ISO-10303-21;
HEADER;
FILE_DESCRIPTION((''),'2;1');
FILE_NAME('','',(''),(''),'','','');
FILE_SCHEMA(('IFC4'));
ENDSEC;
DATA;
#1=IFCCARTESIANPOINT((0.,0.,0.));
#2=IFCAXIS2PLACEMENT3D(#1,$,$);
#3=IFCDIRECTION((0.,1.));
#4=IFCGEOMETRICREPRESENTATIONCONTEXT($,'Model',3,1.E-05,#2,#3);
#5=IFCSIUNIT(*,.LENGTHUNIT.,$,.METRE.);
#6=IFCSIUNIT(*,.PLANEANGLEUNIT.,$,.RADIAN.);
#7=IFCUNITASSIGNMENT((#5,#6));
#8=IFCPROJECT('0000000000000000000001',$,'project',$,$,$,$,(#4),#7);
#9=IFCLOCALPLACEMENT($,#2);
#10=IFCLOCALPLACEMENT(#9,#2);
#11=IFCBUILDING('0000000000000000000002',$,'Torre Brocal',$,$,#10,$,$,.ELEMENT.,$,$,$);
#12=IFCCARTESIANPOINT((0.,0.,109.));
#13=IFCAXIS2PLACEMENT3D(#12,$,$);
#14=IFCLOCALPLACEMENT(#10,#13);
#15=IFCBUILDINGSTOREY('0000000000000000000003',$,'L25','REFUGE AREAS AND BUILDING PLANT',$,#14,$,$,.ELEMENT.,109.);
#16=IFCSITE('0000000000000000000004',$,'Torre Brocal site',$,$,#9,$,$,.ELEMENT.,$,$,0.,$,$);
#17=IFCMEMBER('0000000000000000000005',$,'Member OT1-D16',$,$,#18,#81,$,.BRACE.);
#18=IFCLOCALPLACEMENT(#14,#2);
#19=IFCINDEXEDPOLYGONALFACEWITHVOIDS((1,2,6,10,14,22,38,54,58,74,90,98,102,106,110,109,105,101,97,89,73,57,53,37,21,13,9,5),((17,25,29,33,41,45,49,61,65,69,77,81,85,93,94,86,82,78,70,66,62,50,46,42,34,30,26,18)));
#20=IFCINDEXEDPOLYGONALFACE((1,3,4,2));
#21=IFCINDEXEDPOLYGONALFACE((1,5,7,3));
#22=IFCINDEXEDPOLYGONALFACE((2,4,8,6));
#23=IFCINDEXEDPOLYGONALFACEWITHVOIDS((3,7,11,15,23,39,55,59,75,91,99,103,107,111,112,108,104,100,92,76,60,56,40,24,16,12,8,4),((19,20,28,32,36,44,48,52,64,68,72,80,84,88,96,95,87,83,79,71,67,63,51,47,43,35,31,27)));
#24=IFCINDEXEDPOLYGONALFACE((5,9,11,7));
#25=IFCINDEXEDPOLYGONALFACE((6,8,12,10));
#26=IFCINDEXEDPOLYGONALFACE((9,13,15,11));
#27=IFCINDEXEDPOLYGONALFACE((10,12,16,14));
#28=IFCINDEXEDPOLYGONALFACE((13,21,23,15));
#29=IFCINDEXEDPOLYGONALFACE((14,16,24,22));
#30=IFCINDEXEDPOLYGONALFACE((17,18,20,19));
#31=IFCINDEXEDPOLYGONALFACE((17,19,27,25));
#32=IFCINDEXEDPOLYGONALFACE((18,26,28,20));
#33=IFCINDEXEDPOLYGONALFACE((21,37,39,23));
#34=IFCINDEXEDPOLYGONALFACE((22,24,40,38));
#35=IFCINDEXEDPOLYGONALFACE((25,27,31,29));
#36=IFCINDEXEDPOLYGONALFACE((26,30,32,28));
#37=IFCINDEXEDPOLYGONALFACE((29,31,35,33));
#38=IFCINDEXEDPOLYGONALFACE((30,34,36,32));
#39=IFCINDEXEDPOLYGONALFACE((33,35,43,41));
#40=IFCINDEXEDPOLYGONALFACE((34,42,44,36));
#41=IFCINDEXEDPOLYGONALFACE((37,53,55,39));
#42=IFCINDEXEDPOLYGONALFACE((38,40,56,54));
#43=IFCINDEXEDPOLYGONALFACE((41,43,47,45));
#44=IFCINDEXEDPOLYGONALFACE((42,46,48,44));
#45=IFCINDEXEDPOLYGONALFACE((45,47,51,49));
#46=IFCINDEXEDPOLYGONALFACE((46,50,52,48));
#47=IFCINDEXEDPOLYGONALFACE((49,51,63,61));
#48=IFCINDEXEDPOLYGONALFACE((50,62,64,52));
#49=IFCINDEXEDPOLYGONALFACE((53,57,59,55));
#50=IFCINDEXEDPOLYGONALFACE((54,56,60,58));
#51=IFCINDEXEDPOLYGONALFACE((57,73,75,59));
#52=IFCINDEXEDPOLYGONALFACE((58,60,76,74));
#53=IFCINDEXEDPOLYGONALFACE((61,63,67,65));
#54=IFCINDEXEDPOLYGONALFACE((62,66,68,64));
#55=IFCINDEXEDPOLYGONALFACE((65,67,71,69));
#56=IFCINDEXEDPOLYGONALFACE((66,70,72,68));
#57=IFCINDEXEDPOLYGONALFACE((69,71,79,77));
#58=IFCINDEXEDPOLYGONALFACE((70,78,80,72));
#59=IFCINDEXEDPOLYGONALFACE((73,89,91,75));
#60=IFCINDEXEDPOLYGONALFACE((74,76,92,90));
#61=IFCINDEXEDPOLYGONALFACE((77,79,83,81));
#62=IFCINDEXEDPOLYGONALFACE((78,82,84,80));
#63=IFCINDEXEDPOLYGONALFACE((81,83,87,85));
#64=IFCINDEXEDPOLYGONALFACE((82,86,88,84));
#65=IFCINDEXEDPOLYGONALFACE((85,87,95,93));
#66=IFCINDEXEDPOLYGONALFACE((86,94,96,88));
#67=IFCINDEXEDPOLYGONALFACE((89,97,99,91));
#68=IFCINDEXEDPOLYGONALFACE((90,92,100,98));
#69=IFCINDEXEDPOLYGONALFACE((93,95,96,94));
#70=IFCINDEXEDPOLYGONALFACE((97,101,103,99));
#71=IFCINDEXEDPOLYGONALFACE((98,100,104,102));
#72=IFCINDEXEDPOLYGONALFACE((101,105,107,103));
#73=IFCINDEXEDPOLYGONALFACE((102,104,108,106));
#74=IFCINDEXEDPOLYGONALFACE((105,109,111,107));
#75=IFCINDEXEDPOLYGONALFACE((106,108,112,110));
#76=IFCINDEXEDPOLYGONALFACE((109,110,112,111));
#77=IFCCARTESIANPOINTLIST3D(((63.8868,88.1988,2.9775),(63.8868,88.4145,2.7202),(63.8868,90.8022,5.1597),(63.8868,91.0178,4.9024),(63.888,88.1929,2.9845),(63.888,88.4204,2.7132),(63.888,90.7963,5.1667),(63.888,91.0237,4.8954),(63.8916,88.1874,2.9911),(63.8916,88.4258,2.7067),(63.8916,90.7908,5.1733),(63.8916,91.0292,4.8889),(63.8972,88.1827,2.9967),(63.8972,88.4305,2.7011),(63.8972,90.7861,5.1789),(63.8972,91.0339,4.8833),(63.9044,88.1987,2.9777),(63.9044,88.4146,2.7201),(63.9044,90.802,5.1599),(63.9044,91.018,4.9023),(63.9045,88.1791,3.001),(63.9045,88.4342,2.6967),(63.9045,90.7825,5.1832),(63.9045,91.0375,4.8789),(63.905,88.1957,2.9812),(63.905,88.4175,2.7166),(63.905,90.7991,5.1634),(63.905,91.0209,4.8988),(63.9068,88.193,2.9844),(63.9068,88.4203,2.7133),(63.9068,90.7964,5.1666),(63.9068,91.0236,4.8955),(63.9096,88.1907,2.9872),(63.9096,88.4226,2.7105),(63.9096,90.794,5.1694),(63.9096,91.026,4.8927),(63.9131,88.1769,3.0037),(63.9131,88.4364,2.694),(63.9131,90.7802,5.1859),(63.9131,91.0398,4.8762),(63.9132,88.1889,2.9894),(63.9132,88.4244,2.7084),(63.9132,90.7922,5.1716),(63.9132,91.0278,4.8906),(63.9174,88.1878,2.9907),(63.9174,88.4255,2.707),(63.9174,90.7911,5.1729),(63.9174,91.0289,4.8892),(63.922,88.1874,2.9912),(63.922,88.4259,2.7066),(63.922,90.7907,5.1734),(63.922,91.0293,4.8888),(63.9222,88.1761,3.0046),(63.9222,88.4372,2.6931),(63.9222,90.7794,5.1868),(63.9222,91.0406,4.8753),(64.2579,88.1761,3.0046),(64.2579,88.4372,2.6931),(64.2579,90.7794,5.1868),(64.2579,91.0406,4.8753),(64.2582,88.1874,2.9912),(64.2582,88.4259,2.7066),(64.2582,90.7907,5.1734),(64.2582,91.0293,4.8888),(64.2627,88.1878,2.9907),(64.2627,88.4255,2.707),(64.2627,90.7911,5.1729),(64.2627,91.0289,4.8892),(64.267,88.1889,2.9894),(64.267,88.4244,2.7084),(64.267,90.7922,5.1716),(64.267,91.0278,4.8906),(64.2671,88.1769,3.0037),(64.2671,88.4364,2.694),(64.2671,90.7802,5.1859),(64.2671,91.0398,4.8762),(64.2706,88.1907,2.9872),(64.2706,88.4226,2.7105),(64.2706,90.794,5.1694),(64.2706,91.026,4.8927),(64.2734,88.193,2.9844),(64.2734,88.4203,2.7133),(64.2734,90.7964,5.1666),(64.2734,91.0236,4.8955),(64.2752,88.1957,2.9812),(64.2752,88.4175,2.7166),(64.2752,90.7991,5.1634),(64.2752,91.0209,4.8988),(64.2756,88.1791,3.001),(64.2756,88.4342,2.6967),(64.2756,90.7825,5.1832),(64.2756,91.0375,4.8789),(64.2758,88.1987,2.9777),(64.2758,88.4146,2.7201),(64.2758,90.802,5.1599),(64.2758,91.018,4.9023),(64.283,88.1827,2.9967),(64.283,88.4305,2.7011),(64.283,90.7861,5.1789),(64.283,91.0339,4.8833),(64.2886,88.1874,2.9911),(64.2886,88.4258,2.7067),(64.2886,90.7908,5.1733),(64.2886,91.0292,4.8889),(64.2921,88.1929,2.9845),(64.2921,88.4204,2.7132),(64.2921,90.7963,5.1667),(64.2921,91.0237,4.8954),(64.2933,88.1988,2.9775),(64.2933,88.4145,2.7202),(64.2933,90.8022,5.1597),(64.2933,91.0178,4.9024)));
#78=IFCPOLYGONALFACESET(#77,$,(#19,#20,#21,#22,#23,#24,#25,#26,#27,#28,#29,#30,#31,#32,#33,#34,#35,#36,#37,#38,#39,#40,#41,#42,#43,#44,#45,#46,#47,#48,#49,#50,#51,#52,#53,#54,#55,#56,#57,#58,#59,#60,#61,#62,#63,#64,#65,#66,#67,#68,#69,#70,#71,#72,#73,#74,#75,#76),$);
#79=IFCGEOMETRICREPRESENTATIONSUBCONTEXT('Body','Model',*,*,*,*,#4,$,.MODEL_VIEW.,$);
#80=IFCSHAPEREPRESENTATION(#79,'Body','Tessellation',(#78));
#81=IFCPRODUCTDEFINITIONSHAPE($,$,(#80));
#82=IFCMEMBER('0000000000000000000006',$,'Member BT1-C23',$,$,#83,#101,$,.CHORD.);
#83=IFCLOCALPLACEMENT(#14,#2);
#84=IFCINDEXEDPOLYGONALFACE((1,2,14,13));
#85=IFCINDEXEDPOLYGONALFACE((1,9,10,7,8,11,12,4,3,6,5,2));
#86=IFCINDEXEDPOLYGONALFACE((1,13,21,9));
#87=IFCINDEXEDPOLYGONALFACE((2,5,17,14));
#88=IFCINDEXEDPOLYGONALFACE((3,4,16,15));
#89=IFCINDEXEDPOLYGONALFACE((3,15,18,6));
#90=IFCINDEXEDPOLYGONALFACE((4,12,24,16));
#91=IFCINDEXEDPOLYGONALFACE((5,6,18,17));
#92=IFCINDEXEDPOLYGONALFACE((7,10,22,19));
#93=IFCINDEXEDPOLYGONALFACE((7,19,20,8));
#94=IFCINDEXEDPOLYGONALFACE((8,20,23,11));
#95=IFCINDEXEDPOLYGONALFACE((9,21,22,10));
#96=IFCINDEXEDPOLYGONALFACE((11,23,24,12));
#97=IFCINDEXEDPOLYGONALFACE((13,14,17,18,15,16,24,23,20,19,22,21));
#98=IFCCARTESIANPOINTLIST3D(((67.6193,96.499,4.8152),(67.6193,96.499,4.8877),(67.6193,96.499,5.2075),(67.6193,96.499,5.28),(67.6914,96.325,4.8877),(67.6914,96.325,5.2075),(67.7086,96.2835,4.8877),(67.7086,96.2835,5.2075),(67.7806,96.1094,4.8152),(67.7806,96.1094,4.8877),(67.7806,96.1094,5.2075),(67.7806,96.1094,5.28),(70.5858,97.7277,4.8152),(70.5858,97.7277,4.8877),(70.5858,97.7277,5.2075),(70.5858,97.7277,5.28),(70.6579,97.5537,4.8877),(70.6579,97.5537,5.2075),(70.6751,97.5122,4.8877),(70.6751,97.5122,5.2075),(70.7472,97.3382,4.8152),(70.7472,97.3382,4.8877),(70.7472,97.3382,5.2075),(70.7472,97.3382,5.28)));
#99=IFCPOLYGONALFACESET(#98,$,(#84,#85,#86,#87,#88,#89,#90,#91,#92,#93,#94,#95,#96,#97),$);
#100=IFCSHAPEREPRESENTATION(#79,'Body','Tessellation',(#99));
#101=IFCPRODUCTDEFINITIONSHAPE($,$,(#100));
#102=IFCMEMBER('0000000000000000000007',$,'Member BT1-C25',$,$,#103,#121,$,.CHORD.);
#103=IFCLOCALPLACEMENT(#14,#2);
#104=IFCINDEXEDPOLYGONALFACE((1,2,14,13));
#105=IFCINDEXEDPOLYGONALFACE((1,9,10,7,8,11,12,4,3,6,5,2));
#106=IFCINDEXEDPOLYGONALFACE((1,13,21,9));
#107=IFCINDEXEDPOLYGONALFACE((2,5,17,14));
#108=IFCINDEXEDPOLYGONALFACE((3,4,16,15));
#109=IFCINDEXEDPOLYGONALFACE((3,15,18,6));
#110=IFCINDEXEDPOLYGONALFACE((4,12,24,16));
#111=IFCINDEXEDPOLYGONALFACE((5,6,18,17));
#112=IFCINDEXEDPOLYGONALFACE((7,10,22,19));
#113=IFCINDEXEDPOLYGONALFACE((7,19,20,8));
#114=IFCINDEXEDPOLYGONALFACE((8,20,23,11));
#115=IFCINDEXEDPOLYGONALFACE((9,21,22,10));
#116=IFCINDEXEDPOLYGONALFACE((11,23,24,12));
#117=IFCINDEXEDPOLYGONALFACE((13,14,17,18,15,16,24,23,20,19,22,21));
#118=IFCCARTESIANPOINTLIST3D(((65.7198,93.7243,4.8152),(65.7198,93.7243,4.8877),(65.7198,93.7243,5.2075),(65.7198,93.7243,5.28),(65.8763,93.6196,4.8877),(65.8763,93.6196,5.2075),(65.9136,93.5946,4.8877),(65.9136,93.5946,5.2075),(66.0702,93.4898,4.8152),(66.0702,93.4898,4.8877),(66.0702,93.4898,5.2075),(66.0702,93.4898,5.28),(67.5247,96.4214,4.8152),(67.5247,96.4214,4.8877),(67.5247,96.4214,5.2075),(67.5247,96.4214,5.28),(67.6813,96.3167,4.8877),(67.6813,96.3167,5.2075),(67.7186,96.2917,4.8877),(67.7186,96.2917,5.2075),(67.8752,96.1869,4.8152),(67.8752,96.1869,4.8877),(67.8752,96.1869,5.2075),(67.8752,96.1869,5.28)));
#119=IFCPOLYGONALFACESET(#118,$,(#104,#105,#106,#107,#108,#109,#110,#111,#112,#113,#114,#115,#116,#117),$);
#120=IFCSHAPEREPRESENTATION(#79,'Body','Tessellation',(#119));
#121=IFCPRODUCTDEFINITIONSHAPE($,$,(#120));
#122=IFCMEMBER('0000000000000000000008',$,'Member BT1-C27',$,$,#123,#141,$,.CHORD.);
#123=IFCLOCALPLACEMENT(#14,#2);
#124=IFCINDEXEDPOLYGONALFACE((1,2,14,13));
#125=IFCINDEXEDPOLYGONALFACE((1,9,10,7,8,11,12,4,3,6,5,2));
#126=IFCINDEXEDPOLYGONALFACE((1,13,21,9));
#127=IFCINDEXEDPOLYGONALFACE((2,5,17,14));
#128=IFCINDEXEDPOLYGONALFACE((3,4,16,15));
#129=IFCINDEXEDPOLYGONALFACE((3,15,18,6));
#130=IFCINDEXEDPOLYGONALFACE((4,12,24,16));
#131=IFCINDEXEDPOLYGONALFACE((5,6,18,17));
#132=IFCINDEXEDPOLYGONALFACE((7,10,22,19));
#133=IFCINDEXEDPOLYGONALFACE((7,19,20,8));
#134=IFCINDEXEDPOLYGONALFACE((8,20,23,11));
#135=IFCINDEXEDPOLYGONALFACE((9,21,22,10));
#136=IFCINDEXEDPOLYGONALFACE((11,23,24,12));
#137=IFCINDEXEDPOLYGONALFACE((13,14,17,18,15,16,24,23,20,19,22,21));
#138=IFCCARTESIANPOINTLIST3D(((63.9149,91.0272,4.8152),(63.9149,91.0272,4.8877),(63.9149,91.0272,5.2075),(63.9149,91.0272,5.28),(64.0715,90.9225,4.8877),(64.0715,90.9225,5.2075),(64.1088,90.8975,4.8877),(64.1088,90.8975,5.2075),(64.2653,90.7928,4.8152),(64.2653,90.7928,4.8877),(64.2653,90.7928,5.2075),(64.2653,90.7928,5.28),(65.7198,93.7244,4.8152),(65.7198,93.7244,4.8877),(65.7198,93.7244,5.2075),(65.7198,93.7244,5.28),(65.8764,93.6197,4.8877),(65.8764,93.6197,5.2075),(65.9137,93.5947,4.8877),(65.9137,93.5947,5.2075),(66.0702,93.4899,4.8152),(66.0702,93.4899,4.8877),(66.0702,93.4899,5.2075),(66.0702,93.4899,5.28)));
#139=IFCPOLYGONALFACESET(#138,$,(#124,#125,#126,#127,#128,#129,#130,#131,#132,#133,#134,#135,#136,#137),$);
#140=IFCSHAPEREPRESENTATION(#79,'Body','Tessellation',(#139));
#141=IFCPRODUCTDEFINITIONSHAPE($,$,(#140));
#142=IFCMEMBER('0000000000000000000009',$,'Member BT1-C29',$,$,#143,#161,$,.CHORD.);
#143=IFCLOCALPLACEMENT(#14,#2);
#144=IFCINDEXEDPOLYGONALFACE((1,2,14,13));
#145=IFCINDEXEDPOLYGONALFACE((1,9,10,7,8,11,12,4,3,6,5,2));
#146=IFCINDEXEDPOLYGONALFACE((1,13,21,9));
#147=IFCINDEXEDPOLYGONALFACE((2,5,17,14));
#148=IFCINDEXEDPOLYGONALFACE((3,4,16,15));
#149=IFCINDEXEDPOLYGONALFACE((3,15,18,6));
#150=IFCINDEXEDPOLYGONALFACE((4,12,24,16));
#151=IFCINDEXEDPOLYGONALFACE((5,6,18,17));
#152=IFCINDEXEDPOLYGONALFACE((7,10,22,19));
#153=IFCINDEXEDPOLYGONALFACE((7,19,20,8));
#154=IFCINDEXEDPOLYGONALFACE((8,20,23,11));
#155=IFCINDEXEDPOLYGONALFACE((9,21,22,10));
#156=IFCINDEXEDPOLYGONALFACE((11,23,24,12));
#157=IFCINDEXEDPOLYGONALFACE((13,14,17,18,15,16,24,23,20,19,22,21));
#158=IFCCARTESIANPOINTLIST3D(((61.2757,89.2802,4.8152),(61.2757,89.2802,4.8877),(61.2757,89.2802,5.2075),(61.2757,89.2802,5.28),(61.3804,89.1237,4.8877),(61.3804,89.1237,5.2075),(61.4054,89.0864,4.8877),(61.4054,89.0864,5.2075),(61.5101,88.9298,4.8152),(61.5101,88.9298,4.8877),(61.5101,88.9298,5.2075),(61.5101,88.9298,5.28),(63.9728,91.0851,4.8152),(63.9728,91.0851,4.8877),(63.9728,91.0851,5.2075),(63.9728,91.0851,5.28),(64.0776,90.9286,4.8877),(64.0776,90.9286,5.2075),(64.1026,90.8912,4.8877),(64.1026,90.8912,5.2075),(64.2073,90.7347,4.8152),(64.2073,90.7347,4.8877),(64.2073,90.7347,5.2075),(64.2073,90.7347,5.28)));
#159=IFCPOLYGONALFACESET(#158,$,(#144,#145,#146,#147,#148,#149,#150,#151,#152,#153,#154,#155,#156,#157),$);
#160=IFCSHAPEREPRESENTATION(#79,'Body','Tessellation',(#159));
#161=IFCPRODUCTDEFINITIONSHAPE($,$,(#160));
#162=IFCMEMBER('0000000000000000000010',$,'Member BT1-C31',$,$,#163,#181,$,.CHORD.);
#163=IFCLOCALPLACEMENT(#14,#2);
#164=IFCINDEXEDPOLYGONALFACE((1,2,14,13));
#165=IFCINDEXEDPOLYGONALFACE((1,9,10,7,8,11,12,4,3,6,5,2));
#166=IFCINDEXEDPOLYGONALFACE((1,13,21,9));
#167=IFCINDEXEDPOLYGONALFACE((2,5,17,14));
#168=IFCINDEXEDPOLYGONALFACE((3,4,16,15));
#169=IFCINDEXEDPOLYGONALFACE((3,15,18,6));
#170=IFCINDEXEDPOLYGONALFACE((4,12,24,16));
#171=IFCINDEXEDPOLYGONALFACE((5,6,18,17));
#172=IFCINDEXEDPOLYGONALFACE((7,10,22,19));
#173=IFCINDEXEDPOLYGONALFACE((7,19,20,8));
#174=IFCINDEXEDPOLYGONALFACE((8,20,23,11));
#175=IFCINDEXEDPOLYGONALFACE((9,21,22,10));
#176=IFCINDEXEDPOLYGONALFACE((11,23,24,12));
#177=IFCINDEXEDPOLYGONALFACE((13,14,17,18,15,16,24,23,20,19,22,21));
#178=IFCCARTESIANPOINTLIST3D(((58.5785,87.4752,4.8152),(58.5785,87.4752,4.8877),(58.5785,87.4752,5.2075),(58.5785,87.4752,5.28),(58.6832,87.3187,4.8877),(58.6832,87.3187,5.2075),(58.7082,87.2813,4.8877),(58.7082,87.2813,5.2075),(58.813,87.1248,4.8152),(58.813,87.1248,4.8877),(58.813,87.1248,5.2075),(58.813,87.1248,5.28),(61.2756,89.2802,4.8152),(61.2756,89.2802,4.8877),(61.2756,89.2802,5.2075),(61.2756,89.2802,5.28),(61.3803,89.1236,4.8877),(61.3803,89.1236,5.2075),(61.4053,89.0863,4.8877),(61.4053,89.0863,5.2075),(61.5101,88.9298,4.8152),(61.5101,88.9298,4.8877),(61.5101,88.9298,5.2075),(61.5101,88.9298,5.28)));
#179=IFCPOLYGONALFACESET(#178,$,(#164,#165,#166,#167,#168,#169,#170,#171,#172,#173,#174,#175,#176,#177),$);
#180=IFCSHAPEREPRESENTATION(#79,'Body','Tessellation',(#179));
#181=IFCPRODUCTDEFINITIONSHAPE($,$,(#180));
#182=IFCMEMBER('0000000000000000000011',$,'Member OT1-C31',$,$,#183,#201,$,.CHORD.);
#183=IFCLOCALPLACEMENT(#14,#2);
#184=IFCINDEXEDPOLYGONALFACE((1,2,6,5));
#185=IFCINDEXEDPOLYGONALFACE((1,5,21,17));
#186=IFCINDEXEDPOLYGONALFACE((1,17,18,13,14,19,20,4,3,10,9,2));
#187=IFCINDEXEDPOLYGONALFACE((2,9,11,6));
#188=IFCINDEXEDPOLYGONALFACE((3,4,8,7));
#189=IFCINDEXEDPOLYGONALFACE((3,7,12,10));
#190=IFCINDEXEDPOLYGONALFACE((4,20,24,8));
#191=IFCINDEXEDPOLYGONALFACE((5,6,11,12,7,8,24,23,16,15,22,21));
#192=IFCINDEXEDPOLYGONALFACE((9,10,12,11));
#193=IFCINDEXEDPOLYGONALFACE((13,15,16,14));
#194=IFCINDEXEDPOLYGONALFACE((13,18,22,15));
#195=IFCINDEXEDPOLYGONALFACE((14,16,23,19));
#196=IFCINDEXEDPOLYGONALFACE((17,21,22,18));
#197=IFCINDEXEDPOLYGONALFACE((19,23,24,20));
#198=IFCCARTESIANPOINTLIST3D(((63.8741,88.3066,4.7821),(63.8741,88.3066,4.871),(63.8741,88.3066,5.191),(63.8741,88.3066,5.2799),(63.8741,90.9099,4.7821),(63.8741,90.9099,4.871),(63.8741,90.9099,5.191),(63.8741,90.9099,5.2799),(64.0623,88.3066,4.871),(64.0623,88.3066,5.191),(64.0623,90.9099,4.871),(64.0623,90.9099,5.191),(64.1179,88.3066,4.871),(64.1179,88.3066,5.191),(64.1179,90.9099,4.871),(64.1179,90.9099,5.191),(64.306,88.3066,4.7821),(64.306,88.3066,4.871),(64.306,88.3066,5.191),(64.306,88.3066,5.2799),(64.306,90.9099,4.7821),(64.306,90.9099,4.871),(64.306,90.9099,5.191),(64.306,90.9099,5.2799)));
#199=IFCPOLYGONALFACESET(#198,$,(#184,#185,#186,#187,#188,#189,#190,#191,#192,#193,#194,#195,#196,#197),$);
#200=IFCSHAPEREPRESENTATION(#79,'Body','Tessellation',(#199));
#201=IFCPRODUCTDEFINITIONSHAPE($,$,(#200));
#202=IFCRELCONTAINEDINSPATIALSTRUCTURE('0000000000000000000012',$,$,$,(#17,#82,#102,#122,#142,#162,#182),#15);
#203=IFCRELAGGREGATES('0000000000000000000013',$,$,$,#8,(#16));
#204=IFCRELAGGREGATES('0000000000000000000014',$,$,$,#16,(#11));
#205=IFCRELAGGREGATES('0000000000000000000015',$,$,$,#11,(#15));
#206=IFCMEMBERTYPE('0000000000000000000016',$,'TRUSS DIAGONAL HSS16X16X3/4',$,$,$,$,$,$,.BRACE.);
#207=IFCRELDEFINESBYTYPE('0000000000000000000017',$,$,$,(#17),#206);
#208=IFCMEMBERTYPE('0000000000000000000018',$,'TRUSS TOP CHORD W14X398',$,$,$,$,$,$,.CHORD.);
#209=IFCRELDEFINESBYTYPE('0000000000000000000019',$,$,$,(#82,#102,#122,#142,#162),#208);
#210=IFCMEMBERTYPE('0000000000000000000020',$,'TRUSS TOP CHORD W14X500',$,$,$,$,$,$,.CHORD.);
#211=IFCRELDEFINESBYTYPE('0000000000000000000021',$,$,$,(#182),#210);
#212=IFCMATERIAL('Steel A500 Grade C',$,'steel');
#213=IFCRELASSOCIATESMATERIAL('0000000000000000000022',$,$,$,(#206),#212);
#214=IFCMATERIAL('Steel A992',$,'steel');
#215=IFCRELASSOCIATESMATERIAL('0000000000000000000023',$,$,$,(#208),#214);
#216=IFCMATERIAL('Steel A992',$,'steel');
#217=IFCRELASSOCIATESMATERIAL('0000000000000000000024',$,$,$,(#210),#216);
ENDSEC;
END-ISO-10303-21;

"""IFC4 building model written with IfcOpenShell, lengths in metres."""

from ifc_helpers import new_model, si_unit, direction, frame, origin, origin_2d, place, context, subcontext, project, spatial, hollow_rectangle, i_section, extrude, material, material_profile, profile_set, type_object, element, save


model = new_model("IFC4")

# Units and contexts
model_context = context("Model", 3, precision=1e-05, world=origin(), true_north=direction((0.0, 1.0)))
body_context = subcontext(model_context, "Body", "Model", "MODEL_VIEW")
ifc_project = project(units=[si_unit("LENGTHUNIT", "METRE"), si_unit("PLANEANGLEUNIT", "RADIAN")], contexts=[model_context])

# Site, building, storey
site_placement = place(None, origin())
site = spatial("IfcSite", under=ifc_project, at=site_placement, Name="Torre Brocal site", CompositionType="ELEMENT", RefElevation=0.0)
building_placement = place(site_placement, origin())
building = spatial("IfcBuilding", under=site, at=building_placement, Name="Torre Brocal", CompositionType="ELEMENT")
storey_placement = place(building_placement, frame((0.0, 0.0, 109.0)))
storey = spatial("IfcBuildingStorey", under=building, at=storey_placement, Name="L25", Description="REFUGE AREAS AND BUILDING PLANT", CompositionType="ELEMENT", Elevation=109.0)

# Members
ifc_material_1 = material(Name="Steel A500 Grade C", Category="steel")
ifc_material_profile_1 = material_profile(ifc_material_1, hollow_rectangle(XDim=0.4065, YDim=0.4065, WallThickness=0.0176, InnerFilletRadius=0.0176, OuterFilletRadius=0.0354, at=origin_2d()), Name="HSS16X16X3/4")
ifc_profile_set_1 = profile_set([ifc_material_profile_1], Name="Steel A500 Grade C")
member_type_1 = type_object("IfcMemberType", Name="TRUSS DIAGONAL HSS16X16X3/4", PredefinedType="BRACE", material=ifc_profile_set_1)
member_1_placement = place(storey_placement, frame((64.0901, 88.3066, 2.8489), z_axis=(0.0, 0.766374, 0.642394), x_axis=(-1.0, 0.0, 0.0)))
element("IfcMember", 1, at=member_1_placement, inside=storey, type_object=member_type_1, Name="Member OT1-D16", PredefinedType="BRACE", context=body_context, shape_type="SweptSolid", body=[
    extrude(hollow_rectangle(XDim=0.4065, YDim=0.4065, WallThickness=0.0176, InnerFilletRadius=0.0176, OuterFilletRadius=0.0354, at=origin_2d()), origin(), (0.0, 0.0, 1.0), 3.397),
])
ifc_material_2 = material(Name="Steel A992", Category="steel")
ifc_material_profile_2 = material_profile(ifc_material_2, i_section(OverallWidth=0.4216, OverallDepth=0.4648, WebThickness=0.0449, FlangeThickness=0.0725, at=origin_2d()), Name="W14X398")
ifc_profile_set_2 = profile_set([ifc_material_profile_2], Name="Steel A992")
member_type_2 = type_object("IfcMemberType", Name="TRUSS TOP CHORD W14X398", PredefinedType="CHORD", material=ifc_profile_set_2)
member_2_placement = place(storey_placement, frame((70.6665, 97.533, 5.0476), z_axis=(-0.923882, -0.382676, 0.0), x_axis=(0.382676, -0.923882, 0.0)))
element("IfcMember", 2, at=member_2_placement, inside=storey, type_object=member_type_2, Name="Member BT1-C23", PredefinedType="CHORD", context=body_context, shape_type="SweptSolid", body=[
    extrude(i_section(OverallWidth=0.4216, OverallDepth=0.4648, WebThickness=0.0449, FlangeThickness=0.0725, at=origin_2d()), origin(), (0.0, 0.0, 1.0), 3.2109),
])
for number, where, z_axis, x_axis, name in (
    (3, (67.7, 96.3042, 5.0476), (-0.556175, -0.831065, 0.0), (0.831065, -0.556175, 0.0), "Member BT1-C25"),
    (4, (65.895, 93.6072, 5.0476), (-0.55614, -0.831088, 0.0), (0.831088, -0.55614, 0.0), "Member BT1-C27"),
    (5, (64.0901, 90.9099, 5.0476), (-0.831088, -0.55614, 0.0), (0.55614, -0.831088, 0.0), "Member BT1-C29"),
    (6, (61.3928, 89.105, 5.0476), (-0.831065, -0.556175, 0.0), (0.556175, -0.831065, 0.0), "Member BT1-C31"),
):
    element("IfcMember", number, at=place(storey_placement, frame(where, z_axis=z_axis, x_axis=x_axis)), inside=storey, type_object=member_type_2, Name=name, PredefinedType="CHORD", context=body_context, shape_type="SweptSolid", body=[
        extrude(i_section(OverallWidth=0.4216, OverallDepth=0.4648, WebThickness=0.0449, FlangeThickness=0.0725, at=origin_2d()), origin(), (0.0, 0.0, 1.0), 3.2454),
    ])
ifc_material_3 = material(Name="Steel A992", Category="steel")
ifc_material_profile_3 = material_profile(ifc_material_3, i_section(OverallWidth=0.4319, OverallDepth=0.4978, WebThickness=0.0557, FlangeThickness=0.0889, at=origin_2d()), Name="W14X500")
ifc_profile_set_3 = profile_set([ifc_material_profile_3], Name="Steel A992")
member_type_3 = type_object("IfcMemberType", Name="TRUSS TOP CHORD W14X500", PredefinedType="CHORD", material=ifc_profile_set_3)
member_3_placement = place(storey_placement, frame((64.0901, 88.3066, 5.031), z_axis=(0.0, 1.0, 0.0), x_axis=(-1.0, 0.0, 0.0)))
element("IfcMember", 7, at=member_3_placement, inside=storey, type_object=member_type_3, Name="Member OT1-C31", PredefinedType="CHORD", context=body_context, shape_type="SweptSolid", body=[
    extrude(i_section(OverallWidth=0.4319, OverallDepth=0.4978, WebThickness=0.0557, FlangeThickness=0.0889, at=origin_2d()), origin(), (0.0, 0.0, 1.0), 2.6033),
])

save(model, "model.ifc")
